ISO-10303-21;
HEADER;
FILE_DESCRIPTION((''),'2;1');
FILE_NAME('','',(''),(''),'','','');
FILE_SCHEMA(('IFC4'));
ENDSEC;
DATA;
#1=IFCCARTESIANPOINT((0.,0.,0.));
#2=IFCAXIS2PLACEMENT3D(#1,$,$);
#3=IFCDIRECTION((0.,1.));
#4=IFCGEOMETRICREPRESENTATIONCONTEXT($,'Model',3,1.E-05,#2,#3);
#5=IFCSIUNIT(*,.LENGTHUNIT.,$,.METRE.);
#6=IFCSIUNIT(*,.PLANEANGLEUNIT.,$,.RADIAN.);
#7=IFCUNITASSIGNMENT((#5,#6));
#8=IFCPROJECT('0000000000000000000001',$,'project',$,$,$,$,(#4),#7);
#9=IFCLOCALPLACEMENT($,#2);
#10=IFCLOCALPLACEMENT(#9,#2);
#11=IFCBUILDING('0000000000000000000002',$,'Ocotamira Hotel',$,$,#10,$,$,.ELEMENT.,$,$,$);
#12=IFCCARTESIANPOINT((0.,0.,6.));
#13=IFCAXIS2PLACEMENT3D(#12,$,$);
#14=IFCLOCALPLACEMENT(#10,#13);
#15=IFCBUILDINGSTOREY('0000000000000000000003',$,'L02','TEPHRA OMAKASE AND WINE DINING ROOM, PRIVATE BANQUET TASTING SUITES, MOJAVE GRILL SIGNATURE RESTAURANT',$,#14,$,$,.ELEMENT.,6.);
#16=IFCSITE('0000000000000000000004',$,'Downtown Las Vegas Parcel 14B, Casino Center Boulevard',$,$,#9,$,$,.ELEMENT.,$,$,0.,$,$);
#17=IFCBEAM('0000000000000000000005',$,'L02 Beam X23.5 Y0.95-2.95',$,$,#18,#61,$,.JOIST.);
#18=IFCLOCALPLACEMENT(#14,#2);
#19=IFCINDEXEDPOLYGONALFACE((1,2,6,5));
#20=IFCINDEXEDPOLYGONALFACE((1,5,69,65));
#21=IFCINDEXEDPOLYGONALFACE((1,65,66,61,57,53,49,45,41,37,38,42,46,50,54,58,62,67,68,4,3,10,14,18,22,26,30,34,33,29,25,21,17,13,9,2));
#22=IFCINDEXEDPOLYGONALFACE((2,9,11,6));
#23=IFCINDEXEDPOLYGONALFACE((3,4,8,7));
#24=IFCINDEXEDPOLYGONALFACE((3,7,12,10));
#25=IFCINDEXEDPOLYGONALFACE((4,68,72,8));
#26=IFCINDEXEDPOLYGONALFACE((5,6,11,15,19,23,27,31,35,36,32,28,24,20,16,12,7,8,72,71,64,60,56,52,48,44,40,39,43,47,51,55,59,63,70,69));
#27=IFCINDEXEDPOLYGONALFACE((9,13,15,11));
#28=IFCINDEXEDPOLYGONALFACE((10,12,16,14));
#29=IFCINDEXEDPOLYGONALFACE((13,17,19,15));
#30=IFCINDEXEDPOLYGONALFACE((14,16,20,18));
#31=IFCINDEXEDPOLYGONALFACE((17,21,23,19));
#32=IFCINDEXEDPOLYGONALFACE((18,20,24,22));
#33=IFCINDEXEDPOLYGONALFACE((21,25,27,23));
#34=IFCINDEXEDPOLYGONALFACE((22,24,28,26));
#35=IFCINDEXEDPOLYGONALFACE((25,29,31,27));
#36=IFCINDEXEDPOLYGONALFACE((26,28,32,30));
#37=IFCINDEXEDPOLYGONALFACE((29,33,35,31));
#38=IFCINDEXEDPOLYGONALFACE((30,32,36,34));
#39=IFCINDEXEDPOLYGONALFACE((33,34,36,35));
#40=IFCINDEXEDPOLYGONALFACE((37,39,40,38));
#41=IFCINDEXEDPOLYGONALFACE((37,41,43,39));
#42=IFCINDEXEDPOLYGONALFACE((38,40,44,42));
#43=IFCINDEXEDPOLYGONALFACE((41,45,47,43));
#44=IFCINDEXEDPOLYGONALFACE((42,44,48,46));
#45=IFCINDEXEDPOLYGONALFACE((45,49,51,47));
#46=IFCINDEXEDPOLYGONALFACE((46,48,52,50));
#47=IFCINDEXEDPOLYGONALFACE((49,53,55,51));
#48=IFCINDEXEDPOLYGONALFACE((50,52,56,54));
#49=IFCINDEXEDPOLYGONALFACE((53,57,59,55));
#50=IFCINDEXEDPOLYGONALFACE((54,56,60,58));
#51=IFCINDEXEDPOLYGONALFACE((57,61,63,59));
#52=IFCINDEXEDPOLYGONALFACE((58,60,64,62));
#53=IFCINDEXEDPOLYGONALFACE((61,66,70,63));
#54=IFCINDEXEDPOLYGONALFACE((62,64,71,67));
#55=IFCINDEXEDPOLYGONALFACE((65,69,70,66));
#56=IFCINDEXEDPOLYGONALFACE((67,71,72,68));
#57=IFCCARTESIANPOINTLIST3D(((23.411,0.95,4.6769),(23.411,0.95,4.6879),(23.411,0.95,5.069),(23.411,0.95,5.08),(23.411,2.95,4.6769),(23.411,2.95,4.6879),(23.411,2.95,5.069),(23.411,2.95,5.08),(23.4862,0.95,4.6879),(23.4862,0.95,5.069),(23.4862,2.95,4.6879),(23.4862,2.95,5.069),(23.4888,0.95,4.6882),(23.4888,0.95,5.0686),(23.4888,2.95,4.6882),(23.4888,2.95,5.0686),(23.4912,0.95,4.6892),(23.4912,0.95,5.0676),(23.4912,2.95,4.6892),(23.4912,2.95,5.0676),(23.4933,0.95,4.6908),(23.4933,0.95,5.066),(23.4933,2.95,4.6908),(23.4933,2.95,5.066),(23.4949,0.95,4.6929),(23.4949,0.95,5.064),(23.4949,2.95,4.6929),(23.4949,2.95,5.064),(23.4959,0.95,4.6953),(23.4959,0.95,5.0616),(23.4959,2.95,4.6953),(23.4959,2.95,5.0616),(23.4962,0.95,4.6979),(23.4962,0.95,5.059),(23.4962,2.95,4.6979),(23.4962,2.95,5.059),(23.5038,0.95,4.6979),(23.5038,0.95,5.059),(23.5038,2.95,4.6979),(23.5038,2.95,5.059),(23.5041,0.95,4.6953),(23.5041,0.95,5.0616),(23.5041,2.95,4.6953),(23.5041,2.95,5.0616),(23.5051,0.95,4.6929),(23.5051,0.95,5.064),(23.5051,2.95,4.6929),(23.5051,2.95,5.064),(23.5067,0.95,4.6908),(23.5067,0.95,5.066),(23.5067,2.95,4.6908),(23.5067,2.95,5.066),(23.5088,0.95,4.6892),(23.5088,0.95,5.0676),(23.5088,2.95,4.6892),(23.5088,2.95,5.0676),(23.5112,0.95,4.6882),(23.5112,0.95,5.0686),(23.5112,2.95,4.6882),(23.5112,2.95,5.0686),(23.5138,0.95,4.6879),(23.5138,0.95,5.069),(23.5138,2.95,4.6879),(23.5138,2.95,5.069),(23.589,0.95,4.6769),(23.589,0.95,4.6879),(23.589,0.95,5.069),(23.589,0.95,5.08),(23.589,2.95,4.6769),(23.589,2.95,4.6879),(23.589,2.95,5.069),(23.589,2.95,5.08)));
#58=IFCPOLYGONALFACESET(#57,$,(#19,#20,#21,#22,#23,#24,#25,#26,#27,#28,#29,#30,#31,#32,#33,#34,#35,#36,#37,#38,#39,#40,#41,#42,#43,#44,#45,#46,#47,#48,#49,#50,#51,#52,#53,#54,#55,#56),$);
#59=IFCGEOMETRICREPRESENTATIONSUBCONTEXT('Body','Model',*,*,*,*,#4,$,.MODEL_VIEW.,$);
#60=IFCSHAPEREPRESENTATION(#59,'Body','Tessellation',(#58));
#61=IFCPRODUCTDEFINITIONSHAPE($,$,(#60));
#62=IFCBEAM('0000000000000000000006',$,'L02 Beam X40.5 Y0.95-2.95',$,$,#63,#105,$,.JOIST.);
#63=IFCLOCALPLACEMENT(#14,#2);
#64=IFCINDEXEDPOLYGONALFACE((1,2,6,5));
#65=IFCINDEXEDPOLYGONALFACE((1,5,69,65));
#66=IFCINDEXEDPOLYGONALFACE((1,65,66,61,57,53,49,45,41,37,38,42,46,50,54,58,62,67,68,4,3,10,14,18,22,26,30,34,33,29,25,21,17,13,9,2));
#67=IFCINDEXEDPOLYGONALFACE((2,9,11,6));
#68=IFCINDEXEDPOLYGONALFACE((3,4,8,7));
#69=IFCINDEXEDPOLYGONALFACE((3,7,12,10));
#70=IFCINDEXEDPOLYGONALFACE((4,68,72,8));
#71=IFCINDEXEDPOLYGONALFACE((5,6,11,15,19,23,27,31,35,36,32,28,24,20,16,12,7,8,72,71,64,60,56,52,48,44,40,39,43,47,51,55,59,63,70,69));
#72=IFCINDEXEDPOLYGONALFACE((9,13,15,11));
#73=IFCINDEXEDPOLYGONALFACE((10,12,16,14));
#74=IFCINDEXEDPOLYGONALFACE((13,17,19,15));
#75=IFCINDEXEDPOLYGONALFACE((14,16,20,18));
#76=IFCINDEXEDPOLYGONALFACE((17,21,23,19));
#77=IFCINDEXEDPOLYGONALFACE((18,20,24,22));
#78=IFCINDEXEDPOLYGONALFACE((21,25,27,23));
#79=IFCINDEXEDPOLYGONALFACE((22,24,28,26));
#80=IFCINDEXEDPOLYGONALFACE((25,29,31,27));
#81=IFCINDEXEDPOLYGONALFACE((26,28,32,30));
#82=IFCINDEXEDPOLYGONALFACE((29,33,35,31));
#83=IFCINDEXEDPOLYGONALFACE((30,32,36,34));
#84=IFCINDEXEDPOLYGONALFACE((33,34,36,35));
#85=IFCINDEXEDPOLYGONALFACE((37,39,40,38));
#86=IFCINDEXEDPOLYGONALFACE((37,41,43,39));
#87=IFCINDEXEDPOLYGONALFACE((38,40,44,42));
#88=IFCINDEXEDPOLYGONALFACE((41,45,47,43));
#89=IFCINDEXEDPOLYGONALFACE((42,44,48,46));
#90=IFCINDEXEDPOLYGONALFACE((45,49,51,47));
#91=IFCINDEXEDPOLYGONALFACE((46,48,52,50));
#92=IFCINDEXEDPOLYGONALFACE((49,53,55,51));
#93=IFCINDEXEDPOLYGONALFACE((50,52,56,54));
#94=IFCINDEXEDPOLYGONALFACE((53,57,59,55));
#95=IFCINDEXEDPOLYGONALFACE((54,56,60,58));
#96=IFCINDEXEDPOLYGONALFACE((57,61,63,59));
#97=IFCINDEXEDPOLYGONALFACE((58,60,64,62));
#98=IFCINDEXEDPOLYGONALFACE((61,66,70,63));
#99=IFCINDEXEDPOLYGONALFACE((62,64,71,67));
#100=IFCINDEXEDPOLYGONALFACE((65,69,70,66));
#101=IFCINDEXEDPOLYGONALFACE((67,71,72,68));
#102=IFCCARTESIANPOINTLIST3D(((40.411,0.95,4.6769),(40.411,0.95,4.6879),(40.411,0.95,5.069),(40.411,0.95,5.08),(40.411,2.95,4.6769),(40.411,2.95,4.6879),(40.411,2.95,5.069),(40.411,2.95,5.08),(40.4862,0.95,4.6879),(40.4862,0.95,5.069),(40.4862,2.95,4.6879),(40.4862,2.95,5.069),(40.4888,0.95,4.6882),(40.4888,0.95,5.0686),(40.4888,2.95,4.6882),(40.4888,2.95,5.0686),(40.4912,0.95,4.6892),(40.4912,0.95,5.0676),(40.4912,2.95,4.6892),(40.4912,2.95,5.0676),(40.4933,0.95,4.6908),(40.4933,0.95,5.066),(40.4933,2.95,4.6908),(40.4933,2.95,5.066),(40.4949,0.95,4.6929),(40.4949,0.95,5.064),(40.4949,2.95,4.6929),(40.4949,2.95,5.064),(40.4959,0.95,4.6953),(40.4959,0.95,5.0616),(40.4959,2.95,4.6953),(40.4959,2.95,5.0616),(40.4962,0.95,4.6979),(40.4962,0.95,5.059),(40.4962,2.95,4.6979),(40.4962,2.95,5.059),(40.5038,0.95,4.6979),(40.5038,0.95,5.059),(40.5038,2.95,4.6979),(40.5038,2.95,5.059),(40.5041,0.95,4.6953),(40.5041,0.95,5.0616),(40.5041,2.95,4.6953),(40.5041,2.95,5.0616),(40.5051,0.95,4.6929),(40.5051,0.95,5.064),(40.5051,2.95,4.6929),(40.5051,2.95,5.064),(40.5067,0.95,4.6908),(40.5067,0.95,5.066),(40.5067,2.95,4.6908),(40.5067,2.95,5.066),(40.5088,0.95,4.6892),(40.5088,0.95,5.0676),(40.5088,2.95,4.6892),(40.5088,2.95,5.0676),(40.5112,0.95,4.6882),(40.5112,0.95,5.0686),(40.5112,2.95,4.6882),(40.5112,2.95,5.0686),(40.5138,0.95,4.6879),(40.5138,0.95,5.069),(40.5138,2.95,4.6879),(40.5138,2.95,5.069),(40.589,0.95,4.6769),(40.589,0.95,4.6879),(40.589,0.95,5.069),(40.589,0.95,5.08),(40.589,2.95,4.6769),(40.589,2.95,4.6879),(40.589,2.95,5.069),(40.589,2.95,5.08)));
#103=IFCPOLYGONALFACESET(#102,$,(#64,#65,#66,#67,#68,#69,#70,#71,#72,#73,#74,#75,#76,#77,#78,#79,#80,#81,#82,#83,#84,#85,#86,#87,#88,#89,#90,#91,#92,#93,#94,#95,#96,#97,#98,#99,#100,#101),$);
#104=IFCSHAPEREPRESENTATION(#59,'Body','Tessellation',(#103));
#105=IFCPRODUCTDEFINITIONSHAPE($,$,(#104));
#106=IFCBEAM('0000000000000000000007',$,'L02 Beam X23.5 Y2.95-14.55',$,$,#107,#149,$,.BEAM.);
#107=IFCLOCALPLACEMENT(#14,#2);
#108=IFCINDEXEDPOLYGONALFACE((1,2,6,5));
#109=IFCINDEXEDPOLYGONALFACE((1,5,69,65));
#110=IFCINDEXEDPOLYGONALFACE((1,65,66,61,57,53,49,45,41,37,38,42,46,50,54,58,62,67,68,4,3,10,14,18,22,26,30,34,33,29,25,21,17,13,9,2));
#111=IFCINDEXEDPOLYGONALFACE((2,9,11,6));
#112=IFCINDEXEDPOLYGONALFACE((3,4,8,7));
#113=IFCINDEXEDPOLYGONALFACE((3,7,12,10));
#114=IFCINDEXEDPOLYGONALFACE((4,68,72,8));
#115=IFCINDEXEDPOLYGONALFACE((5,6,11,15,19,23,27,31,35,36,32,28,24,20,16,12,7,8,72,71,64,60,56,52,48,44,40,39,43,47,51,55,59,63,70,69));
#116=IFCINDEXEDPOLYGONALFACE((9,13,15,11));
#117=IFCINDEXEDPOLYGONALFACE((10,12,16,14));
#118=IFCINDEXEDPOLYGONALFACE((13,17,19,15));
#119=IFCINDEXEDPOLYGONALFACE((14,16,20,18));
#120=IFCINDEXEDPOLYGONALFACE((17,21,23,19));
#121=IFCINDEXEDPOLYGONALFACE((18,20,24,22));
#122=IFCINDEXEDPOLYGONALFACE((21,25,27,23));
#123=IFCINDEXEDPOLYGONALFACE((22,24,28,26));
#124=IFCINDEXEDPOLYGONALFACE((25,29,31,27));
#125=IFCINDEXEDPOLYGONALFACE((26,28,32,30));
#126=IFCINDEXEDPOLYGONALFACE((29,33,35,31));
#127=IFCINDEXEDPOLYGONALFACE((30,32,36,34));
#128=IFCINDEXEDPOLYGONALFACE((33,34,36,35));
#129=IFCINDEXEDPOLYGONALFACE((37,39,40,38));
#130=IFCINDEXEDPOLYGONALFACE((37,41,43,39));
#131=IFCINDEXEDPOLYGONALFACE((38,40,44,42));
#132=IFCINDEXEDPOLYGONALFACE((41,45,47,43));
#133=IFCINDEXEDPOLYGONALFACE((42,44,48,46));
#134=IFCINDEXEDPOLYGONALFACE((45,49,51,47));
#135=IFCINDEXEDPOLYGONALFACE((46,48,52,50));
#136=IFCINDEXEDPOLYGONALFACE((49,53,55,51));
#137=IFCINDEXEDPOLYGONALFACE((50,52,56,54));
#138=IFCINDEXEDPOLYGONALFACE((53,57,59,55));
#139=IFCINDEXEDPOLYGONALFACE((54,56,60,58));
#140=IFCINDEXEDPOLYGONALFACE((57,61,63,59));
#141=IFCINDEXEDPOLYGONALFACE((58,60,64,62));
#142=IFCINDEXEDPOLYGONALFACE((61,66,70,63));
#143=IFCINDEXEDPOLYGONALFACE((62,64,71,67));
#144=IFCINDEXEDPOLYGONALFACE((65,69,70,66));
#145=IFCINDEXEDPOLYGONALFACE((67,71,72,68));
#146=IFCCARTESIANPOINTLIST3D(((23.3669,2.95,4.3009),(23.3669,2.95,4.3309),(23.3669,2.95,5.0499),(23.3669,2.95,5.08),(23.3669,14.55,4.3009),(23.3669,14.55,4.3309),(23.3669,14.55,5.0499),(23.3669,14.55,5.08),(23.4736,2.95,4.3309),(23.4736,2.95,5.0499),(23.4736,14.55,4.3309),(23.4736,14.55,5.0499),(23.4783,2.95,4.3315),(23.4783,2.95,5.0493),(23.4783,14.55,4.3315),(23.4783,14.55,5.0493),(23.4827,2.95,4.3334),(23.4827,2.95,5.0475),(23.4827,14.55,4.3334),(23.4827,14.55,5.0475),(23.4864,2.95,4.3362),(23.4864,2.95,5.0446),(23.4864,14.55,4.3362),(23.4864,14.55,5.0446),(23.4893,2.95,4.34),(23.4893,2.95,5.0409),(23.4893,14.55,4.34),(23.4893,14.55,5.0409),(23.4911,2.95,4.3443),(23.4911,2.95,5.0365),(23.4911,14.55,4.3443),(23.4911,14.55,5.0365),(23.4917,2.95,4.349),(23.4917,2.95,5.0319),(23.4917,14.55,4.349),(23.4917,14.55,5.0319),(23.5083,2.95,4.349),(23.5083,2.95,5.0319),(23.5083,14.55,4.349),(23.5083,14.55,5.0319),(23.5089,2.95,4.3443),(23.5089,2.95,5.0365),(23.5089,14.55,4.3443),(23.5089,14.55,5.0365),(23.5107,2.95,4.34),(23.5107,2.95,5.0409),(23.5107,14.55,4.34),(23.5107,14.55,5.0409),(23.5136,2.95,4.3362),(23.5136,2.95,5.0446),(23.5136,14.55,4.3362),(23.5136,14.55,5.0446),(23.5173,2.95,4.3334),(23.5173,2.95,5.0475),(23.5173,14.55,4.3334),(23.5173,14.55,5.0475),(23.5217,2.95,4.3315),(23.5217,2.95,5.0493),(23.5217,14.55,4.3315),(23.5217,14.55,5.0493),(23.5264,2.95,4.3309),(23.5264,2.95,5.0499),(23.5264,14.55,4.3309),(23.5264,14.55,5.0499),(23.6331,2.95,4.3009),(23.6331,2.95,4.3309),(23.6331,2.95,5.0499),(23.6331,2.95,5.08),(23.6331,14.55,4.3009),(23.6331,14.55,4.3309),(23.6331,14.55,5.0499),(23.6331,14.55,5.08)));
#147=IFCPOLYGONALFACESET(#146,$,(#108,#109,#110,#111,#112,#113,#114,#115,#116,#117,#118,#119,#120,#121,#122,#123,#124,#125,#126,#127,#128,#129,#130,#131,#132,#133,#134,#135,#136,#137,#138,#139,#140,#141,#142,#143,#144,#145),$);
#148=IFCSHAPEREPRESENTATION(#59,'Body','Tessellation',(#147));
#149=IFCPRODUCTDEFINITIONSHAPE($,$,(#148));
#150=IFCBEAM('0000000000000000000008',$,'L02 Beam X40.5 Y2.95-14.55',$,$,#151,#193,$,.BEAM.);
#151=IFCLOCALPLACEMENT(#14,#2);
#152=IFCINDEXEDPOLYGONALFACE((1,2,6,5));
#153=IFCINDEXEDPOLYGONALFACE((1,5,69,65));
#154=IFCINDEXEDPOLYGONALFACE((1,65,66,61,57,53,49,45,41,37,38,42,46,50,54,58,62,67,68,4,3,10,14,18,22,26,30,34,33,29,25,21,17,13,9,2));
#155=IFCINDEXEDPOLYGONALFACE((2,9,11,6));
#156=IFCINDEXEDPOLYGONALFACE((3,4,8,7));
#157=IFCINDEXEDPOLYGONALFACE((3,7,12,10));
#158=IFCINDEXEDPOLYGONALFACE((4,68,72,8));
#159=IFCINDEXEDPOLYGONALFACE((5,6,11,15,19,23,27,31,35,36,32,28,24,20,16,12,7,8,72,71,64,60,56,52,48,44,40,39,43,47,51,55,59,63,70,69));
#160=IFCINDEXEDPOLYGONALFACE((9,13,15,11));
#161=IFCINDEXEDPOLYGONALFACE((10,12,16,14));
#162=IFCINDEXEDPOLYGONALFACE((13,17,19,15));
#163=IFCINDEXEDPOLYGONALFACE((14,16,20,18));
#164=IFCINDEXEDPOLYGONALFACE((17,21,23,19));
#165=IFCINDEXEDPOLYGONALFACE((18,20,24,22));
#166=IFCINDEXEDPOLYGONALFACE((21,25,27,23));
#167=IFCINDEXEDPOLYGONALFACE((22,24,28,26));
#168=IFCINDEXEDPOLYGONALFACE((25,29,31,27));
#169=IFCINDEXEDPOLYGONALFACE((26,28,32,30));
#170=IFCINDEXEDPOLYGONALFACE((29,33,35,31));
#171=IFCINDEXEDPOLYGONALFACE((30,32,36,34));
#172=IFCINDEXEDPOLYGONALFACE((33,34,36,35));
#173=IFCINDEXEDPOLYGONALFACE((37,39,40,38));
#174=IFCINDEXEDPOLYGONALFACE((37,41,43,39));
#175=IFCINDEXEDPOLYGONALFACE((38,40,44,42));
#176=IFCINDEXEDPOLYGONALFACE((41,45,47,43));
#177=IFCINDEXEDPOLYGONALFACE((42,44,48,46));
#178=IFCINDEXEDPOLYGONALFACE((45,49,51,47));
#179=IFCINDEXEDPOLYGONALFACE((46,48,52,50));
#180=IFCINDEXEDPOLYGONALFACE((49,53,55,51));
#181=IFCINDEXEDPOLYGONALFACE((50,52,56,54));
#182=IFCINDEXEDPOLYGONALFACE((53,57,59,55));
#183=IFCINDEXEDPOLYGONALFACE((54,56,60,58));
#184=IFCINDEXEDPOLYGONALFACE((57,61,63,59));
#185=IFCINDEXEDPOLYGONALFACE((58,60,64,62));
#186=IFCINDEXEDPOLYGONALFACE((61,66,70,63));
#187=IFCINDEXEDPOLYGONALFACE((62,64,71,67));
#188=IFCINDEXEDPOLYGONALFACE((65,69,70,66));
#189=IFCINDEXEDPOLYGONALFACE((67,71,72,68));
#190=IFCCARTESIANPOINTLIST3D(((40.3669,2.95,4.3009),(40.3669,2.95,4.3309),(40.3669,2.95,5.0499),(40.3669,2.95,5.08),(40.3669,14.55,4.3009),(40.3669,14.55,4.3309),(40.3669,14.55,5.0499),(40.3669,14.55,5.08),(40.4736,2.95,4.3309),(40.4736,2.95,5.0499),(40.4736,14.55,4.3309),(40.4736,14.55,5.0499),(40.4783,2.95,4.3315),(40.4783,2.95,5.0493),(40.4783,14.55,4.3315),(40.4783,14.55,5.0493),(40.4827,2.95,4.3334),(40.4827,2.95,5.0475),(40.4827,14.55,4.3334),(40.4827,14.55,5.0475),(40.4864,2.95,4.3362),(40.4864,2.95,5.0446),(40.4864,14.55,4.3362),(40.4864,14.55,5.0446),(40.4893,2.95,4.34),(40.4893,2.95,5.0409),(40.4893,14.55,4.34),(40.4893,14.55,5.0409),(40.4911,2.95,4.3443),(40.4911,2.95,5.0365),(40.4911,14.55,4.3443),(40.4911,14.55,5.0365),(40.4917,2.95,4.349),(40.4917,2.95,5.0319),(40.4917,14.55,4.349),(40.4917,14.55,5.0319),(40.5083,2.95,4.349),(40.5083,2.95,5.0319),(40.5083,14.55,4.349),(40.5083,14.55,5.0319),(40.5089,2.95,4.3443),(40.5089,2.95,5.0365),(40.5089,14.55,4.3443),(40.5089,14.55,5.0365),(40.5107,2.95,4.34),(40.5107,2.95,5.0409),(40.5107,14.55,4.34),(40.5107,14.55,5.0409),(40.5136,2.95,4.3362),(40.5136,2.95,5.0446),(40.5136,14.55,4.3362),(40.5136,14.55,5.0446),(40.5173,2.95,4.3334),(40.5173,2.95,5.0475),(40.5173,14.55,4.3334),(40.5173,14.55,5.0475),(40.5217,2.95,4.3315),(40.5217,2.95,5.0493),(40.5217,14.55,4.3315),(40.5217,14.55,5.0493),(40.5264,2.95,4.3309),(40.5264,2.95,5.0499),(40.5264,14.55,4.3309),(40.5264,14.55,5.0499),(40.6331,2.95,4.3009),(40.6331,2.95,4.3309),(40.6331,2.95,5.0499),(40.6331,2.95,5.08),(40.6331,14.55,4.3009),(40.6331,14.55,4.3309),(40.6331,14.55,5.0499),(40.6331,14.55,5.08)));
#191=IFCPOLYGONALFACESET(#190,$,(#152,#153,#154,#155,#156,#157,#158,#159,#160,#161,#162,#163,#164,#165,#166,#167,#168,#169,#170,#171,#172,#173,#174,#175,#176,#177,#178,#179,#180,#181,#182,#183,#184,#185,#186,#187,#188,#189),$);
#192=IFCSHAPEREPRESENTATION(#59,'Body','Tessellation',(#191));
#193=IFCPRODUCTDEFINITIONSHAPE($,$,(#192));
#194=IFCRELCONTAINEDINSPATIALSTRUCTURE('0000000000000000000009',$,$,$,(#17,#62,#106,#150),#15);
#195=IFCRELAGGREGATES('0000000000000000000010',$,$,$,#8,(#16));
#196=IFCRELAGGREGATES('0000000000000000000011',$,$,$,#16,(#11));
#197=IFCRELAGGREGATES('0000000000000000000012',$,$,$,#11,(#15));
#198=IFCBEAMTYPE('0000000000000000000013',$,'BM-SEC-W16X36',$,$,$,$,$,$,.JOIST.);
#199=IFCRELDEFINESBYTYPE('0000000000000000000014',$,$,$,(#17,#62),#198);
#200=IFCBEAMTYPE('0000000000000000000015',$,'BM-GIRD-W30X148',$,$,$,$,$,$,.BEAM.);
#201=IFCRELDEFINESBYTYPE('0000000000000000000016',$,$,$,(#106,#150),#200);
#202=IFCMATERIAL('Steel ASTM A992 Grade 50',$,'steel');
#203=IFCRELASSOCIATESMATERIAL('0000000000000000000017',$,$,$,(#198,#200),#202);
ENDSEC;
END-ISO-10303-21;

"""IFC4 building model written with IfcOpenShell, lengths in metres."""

from ifc_helpers import new_model, si_unit, direction, frame, origin, origin_2d, place, context, subcontext, project, spatial, i_section, extrude, source, transform, mapped, material, material_profile, profile_set, type_object, element, save


model = new_model("IFC4")

# Units and contexts
model_context = context("Model", 3, precision=1e-05, world=origin(), true_north=direction((0.0, 1.0)))
body_context = subcontext(model_context, "Body", "Model", "MODEL_VIEW")
ifc_project = project(units=[si_unit("LENGTHUNIT", "METRE"), si_unit("PLANEANGLEUNIT", "RADIAN")], contexts=[model_context])

# Site, building, storey
site_placement = place(None, origin())
site = spatial("IfcSite", under=ifc_project, at=site_placement, Name="Downtown Las Vegas Parcel 14B, Casino Center Boulevard", CompositionType="ELEMENT", RefElevation=0.0)
building_placement = place(site_placement, origin())
building = spatial("IfcBuilding", under=site, at=building_placement, Name="Ocotamira Hotel", CompositionType="ELEMENT")
storey_placement = place(building_placement, frame((0.0, 0.0, 6.0)))
storey = spatial("IfcBuildingStorey", under=building, at=storey_placement, Name="L02", Description="TEPHRA OMAKASE AND WINE DINING ROOM, PRIVATE BANQUET TASTING SUITES, MOJAVE GRILL SIGNATURE RESTAURANT", CompositionType="ELEMENT", Elevation=6.0)

# Beams
ifc_material_1 = material(Name="Steel ASTM A992 Grade 50", Category="steel")
ifc_material_profile_1 = material_profile(ifc_material_1, i_section(OverallWidth=0.178, OverallDepth=0.4031, WebThickness=0.0076, FlangeThickness=0.011, FilletRadius=0.01, at=origin_2d()), Name="W16X36")
ifc_profile_set_1 = profile_set([ifc_material_profile_1], Name="Steel ASTM A992 Grade 50")
beam_type_1 = type_object("IfcBeamType", Name="BM-SEC-W16X36", PredefinedType="JOIST", material=ifc_profile_set_1)
shared_shape_1 = source(origin(), body_context, "Body", "SweptSolid", [
    extrude(i_section(OverallWidth=0.178, OverallDepth=0.4031, WebThickness=0.0076, FlangeThickness=0.011, FilletRadius=0.01, at=origin_2d()), origin(), (0.0, 0.0, 1.0), 2.0),
])
for number, where, z_axis, x_axis, name in (
    (1, (23.5, 0.95, 4.8784), (0.0, 1.0, 0.0), (-1.0, 0.0, 0.0), "L02 Beam X23.5 Y0.95-2.95"),
    (2, (40.5, 0.95, 4.8784), (0.0, 1.0, 0.0), (-1.0, 0.0, 0.0), "L02 Beam X40.5 Y0.95-2.95"),
):
    element("IfcBeam", number, at=place(storey_placement, frame(where, z_axis=z_axis, x_axis=x_axis)), inside=storey, type_object=beam_type_1, Name=name, PredefinedType="JOIST", context=body_context, shape_type="MappedRepresentation", body=[
        mapped(shared_shape_1, transform((0.0, 0.0, 0.0), scale=1.0)),
    ])
ifc_material_profile_2 = material_profile(ifc_material_1, i_section(OverallWidth=0.2661, OverallDepth=0.7791, WebThickness=0.0166, FlangeThickness=0.03, FilletRadius=0.0181, at=origin_2d()), Name="W30X148")
ifc_profile_set_2 = profile_set([ifc_material_profile_2], Name="Steel ASTM A992 Grade 50")
beam_type_2 = type_object("IfcBeamType", Name="BM-GIRD-W30X148", PredefinedType="BEAM", material=ifc_profile_set_2)
shared_shape_2 = source(origin(), body_context, "Body", "SweptSolid", [
    extrude(i_section(OverallWidth=0.2661, OverallDepth=0.7791, WebThickness=0.0166, FlangeThickness=0.03, FilletRadius=0.0181, at=origin_2d()), origin(), (0.0, 0.0, 1.0), 11.6001),
])
for number, where, z_axis, x_axis, name in (
    (3, (23.5, 2.95, 4.6904), (0.0, 1.0, 0.0), (-1.0, 0.0, 0.0), "L02 Beam X23.5 Y2.95-14.55"),
    (4, (40.5, 2.95, 4.6904), (0.0, 1.0, 0.0), (-1.0, 0.0, 0.0), "L02 Beam X40.5 Y2.95-14.55"),
):
    element("IfcBeam", number, at=place(storey_placement, frame(where, z_axis=z_axis, x_axis=x_axis)), inside=storey, type_object=beam_type_2, Name=name, PredefinedType="BEAM", context=body_context, shape_type="MappedRepresentation", body=[
        mapped(shared_shape_2, transform((0.0, 0.0, 0.0), scale=1.0)),
    ])

save(model, "model.ifc")
